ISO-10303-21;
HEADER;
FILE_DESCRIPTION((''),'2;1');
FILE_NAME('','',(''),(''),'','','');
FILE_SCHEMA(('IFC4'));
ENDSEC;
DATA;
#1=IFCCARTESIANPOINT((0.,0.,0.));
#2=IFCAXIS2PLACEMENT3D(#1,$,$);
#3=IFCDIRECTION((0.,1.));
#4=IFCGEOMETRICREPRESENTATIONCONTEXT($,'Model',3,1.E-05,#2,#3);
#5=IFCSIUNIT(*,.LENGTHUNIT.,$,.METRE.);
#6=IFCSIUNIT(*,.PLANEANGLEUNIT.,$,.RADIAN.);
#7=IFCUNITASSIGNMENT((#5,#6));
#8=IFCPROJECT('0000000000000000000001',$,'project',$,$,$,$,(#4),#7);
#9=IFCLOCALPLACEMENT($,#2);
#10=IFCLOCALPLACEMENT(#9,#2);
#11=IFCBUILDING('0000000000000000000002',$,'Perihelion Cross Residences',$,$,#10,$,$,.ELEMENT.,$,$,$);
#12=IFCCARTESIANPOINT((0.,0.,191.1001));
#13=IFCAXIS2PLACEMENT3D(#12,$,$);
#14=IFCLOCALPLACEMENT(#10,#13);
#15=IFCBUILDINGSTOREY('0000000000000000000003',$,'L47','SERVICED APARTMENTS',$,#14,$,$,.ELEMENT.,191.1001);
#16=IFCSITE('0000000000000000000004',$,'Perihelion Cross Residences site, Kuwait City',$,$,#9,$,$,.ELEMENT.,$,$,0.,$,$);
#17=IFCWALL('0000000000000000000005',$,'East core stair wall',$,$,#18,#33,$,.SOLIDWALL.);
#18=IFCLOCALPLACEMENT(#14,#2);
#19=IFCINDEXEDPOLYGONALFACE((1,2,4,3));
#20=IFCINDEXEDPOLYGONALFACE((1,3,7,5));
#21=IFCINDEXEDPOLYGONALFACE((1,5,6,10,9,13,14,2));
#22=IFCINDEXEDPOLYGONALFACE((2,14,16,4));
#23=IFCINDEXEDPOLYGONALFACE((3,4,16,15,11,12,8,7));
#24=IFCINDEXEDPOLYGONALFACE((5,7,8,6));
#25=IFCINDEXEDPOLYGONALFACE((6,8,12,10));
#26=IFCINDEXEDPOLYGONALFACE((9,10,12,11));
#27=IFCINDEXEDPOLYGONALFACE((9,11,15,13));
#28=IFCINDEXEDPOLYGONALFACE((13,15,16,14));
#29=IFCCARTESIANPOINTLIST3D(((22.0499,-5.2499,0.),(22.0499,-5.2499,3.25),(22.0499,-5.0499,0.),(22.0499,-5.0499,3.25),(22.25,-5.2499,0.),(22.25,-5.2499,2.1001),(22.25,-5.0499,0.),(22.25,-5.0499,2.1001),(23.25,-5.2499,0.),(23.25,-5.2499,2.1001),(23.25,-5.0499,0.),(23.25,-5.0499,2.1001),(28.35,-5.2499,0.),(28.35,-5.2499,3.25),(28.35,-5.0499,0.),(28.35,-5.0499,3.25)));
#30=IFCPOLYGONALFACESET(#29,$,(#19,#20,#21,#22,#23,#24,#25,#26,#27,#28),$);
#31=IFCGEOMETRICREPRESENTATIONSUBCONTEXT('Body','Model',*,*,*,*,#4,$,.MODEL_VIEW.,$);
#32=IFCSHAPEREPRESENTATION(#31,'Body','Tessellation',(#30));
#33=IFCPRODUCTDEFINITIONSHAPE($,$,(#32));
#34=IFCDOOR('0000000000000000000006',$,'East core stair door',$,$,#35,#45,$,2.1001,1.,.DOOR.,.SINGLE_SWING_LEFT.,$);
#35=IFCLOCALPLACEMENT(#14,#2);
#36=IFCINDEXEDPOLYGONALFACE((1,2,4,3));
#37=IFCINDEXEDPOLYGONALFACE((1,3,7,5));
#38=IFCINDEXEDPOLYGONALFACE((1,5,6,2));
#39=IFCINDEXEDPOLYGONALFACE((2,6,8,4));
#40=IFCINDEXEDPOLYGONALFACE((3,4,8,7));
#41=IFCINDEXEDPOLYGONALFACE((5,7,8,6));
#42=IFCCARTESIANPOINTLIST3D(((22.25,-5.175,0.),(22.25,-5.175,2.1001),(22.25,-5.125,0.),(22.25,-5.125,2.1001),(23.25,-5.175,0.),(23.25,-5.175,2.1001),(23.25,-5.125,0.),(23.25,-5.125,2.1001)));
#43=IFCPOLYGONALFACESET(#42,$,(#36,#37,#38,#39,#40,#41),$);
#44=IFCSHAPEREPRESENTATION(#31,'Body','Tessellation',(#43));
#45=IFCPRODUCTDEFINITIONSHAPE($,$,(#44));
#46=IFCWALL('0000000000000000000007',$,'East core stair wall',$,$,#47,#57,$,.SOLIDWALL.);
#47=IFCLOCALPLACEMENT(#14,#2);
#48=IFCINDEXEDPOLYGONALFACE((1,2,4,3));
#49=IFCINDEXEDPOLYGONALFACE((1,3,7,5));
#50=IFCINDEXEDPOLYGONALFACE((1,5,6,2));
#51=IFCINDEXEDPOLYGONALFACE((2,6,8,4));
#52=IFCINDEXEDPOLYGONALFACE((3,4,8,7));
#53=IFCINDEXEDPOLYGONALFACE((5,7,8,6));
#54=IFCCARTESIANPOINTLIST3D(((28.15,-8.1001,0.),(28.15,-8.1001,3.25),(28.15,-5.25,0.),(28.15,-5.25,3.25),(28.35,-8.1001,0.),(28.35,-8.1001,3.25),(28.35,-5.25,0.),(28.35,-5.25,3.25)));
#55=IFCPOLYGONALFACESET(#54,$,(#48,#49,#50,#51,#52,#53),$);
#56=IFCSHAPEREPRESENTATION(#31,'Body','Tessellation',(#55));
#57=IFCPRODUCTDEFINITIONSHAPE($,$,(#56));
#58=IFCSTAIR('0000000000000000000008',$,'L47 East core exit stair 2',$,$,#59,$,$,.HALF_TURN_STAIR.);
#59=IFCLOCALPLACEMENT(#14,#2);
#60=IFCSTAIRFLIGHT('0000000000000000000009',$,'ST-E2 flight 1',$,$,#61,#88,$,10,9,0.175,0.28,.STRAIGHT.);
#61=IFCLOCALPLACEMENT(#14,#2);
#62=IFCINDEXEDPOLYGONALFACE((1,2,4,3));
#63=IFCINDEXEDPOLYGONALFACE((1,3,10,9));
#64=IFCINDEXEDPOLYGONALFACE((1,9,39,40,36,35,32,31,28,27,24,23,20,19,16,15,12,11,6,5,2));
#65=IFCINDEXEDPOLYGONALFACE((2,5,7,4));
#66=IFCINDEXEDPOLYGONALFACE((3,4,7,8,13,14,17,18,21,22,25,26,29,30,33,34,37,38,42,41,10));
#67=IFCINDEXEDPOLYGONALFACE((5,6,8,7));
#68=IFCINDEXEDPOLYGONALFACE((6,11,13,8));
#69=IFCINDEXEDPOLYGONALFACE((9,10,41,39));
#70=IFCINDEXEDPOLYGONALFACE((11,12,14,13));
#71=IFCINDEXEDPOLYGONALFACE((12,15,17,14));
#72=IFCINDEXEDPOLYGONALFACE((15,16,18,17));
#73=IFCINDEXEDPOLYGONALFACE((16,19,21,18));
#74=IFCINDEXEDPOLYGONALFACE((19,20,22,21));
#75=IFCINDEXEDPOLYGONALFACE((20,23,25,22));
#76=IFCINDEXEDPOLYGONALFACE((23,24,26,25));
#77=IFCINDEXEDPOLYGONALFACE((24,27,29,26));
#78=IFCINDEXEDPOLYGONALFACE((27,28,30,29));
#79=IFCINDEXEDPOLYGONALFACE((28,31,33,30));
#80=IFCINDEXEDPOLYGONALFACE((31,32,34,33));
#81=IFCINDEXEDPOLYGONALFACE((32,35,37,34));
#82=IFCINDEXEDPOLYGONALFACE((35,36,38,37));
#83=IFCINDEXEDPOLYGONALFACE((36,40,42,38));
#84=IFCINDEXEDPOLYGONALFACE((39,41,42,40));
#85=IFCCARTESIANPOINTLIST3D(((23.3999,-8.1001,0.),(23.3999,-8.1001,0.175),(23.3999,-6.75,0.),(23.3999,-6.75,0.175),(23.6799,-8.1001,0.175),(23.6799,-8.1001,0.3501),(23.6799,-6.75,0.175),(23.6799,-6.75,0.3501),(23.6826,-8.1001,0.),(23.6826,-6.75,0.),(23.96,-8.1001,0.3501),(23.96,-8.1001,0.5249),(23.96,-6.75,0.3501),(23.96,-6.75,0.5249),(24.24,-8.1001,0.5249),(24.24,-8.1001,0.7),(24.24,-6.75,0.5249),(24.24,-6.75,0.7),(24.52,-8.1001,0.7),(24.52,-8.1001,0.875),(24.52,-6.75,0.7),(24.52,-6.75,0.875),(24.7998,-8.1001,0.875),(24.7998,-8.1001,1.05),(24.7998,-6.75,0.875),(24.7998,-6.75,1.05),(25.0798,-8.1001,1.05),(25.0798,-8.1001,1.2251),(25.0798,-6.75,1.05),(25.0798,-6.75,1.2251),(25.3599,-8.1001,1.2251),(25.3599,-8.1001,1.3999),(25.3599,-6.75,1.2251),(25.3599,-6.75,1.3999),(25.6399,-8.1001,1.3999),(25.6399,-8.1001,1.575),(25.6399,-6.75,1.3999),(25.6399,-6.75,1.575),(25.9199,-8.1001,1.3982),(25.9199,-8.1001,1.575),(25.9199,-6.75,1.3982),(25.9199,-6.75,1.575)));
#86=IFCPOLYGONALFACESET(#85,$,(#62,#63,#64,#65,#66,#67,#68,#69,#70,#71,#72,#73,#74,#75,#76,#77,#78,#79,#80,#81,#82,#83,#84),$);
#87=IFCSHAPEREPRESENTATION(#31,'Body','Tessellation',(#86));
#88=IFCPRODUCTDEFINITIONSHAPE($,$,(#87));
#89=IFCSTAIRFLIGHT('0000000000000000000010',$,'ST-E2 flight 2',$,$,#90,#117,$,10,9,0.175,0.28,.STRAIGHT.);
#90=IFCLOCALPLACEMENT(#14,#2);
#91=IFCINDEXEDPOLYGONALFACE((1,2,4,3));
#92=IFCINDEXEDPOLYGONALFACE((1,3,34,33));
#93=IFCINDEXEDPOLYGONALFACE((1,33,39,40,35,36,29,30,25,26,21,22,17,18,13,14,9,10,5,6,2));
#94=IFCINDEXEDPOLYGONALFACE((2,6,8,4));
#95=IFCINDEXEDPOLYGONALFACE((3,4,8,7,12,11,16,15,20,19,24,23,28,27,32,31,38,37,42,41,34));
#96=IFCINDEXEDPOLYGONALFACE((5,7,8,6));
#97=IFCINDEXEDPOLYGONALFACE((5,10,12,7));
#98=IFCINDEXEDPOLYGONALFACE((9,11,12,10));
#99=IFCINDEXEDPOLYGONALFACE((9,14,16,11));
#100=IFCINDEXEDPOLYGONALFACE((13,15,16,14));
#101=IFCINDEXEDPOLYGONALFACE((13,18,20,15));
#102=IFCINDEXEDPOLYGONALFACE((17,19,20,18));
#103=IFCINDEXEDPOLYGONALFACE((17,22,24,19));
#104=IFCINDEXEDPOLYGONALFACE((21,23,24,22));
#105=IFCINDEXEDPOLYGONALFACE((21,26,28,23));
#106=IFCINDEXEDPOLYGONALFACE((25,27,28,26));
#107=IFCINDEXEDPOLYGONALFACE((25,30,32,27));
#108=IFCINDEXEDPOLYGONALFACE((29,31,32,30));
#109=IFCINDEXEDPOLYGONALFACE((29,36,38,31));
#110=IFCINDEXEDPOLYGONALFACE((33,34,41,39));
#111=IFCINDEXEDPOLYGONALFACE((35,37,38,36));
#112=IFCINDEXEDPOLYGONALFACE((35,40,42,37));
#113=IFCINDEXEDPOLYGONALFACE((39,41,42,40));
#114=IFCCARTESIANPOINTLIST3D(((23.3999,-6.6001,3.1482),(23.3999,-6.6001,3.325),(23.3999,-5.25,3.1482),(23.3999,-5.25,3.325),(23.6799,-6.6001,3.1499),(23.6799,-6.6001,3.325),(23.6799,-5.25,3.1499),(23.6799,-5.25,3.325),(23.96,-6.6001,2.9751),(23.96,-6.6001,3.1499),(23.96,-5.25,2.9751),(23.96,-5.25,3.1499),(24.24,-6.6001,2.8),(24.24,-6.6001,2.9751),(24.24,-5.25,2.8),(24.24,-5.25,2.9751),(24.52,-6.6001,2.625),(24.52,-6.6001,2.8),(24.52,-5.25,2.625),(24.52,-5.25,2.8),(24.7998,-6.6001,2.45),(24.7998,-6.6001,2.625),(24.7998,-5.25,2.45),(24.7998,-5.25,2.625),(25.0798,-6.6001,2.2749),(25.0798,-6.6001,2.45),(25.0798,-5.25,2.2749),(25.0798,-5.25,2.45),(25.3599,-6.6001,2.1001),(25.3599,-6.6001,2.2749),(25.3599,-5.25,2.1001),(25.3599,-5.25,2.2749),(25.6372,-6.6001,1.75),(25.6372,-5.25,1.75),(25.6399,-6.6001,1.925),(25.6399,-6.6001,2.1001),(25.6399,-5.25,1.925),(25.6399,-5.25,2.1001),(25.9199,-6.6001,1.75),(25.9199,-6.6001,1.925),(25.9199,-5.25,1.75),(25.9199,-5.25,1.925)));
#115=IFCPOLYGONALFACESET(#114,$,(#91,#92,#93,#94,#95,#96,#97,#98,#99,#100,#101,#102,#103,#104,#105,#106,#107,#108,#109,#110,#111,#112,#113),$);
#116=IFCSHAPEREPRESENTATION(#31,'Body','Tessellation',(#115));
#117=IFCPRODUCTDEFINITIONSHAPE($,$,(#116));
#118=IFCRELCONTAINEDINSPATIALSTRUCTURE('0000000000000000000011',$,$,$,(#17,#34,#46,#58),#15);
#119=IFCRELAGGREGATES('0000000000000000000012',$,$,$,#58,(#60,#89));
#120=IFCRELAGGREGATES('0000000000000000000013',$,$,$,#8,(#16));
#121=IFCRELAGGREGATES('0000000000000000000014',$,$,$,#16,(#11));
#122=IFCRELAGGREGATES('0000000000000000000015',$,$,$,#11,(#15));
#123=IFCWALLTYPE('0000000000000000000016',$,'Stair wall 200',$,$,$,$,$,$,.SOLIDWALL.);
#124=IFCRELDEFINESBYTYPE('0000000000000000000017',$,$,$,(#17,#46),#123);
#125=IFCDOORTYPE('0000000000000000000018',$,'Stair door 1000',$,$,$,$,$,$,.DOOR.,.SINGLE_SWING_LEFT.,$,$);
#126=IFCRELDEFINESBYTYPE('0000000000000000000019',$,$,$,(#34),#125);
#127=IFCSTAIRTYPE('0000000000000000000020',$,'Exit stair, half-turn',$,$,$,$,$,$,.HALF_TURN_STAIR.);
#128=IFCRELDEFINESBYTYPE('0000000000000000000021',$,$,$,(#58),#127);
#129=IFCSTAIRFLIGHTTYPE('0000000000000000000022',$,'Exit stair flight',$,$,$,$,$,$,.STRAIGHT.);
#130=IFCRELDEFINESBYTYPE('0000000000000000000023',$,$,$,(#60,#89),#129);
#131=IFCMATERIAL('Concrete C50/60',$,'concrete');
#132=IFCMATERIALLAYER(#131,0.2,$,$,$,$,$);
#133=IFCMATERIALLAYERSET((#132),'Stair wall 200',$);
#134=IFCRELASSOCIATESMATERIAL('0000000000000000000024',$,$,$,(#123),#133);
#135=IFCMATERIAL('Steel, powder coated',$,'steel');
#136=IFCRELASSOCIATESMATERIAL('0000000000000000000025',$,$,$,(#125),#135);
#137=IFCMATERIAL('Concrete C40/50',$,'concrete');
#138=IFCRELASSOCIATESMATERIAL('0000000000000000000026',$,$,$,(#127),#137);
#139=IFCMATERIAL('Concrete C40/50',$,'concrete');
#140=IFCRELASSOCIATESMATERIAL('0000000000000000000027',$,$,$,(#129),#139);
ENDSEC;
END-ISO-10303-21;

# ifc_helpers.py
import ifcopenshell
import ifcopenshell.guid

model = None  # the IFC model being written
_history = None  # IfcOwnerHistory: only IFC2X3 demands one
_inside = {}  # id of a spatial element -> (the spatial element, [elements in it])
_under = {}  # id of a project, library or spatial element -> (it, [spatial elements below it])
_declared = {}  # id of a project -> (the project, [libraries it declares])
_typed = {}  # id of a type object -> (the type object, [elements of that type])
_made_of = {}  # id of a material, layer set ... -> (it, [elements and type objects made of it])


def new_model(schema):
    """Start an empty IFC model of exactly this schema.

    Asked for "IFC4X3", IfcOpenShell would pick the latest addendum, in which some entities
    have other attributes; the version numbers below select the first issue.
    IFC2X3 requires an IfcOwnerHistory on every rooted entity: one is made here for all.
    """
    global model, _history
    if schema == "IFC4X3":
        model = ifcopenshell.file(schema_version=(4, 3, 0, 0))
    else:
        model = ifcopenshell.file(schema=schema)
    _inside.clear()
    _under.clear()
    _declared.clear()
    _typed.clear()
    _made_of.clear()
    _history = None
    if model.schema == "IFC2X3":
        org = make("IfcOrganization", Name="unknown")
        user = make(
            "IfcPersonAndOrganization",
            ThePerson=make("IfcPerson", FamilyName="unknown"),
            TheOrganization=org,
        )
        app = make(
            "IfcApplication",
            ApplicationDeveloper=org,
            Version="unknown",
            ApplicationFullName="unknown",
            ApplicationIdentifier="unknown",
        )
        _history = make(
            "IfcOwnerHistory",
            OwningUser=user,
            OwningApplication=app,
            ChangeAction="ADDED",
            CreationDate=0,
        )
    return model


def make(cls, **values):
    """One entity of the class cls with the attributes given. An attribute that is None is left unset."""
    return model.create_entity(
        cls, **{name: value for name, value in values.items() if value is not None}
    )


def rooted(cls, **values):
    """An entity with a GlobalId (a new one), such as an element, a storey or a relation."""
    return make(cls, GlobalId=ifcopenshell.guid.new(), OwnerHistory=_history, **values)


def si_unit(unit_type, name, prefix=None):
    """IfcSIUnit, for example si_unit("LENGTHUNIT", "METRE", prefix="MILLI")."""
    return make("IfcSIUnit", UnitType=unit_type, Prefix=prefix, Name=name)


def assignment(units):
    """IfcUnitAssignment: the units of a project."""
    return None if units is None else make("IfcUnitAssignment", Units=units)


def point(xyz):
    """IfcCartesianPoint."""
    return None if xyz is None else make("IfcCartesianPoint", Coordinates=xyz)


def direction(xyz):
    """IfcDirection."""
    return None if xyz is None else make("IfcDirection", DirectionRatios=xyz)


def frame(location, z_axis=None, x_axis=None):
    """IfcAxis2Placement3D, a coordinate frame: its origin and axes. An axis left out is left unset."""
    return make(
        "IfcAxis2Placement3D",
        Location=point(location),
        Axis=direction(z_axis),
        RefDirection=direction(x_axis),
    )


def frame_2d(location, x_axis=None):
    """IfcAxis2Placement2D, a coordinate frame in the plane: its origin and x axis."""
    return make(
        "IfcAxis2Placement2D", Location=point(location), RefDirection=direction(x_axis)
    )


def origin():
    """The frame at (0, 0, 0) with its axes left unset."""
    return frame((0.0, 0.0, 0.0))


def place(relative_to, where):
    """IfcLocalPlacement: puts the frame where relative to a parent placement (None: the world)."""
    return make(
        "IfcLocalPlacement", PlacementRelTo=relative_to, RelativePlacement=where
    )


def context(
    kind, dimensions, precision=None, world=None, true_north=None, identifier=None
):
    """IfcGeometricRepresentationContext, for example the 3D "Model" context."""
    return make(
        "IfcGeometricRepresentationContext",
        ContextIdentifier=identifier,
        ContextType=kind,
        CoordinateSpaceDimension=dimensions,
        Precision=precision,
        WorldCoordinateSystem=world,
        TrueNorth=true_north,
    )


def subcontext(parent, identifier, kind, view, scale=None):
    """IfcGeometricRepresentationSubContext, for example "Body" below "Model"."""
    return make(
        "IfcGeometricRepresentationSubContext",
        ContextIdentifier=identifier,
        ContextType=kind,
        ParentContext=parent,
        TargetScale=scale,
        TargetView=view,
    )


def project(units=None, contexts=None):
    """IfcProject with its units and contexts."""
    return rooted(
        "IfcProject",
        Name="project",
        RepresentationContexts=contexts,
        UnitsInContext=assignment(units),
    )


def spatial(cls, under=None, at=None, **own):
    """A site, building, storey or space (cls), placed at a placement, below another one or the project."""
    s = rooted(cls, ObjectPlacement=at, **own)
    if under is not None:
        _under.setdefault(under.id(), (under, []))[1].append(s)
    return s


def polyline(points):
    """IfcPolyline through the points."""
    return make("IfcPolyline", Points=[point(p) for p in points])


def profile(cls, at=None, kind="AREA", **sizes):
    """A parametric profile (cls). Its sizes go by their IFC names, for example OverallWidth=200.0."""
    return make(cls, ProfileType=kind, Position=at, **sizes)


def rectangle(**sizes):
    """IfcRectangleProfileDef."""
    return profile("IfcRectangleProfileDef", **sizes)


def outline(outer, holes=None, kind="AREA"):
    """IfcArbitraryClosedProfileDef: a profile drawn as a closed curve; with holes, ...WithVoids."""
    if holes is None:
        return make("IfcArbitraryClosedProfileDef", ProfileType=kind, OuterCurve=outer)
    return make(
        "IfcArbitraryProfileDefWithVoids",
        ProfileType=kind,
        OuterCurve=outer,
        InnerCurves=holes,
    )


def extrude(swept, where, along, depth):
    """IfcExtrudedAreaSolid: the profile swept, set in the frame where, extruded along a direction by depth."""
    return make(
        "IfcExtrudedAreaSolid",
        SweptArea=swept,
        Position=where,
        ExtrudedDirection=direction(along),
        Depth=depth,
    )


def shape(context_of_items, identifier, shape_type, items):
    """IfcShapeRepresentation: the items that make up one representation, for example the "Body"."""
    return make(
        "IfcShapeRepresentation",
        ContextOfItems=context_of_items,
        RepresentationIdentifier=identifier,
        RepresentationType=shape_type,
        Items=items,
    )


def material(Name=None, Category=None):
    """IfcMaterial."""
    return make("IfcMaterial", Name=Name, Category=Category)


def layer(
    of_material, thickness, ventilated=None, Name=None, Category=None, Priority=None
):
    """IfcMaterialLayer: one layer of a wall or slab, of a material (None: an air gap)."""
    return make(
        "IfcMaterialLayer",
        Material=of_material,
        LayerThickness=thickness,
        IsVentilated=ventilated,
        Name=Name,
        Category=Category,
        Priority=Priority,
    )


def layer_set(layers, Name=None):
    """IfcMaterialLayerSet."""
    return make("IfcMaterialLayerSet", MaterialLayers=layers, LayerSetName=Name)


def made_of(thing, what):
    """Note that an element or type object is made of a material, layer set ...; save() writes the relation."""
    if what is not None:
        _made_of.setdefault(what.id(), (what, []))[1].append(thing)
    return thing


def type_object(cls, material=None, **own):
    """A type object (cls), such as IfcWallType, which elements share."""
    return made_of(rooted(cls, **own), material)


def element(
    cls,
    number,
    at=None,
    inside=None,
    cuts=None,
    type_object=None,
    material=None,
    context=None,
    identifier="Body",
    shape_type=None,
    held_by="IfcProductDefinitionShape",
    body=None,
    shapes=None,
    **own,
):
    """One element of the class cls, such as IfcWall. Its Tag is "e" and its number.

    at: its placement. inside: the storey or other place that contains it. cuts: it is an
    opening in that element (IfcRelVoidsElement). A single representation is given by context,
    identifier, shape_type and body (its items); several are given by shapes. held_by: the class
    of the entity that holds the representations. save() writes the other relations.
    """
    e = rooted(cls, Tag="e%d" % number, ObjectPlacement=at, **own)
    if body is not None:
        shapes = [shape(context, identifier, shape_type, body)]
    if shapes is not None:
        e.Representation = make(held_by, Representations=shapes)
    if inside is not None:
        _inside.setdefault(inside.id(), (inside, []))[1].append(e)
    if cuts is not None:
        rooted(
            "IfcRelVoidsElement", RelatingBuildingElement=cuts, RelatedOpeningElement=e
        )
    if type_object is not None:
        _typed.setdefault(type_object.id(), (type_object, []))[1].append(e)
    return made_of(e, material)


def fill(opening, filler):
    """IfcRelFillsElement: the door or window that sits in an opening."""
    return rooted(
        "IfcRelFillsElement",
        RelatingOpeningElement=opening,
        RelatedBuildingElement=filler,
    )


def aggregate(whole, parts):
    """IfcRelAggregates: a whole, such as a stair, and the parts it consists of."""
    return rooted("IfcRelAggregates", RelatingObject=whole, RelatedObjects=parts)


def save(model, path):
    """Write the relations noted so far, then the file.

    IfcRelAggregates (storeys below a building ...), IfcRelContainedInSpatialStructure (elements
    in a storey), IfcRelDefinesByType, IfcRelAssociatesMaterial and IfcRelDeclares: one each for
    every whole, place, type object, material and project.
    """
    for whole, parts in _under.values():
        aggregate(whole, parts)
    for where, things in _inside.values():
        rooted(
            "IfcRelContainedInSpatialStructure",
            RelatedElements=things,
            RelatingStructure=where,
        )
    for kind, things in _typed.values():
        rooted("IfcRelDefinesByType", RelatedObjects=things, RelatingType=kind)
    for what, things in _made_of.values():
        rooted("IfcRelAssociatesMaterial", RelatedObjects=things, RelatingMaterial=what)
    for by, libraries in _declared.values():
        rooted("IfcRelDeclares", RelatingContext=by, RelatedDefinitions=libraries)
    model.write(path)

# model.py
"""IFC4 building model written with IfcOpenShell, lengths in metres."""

from ifc_helpers import new_model, si_unit, direction, frame, frame_2d, origin, place, context, subcontext, project, spatial, polyline, rectangle, outline, extrude, material, layer, layer_set, type_object, element, fill, aggregate, save


model = new_model("IFC4")

# Units and contexts
model_context = context("Model", 3, precision=1e-05, world=origin(), true_north=direction((0.0, 1.0)))
body_context = subcontext(model_context, "Body", "Model", "MODEL_VIEW")
ifc_project = project(units=[si_unit("LENGTHUNIT", "METRE"), si_unit("PLANEANGLEUNIT", "RADIAN")], contexts=[model_context])

# Site, building, storey
site_placement = place(None, origin())
site = spatial("IfcSite", under=ifc_project, at=site_placement, Name="Perihelion Cross Residences site, Kuwait City", CompositionType="ELEMENT", RefElevation=0.0)
building_placement = place(site_placement, origin())
building = spatial("IfcBuilding", under=site, at=building_placement, Name="Perihelion Cross Residences", CompositionType="ELEMENT")
storey_placement = place(building_placement, frame((0.0, 0.0, 191.1001)))
storey = spatial("IfcBuildingStorey", under=building, at=storey_placement, Name="L47", Description="SERVICED APARTMENTS", CompositionType="ELEMENT", Elevation=191.1001)

# Wall, opening, door
ifc_material_1 = material(Name="Concrete C50/60", Category="concrete")
ifc_layer_1 = layer(ifc_material_1, 0.2)
ifc_layer_set_1 = layer_set([ifc_layer_1], Name="Stair wall 200")
wall_type_1 = type_object("IfcWallType", Name="Stair wall 200", PredefinedType="SOLIDWALL", material=ifc_layer_set_1)
wall_1_placement = place(storey_placement, frame((22.05, -5.1499, 0.0), z_axis=(0.0, 0.0, 1.0), x_axis=(1.0, 0.0, 0.0)))
wall_1 = element("IfcWall", 1, at=wall_1_placement, inside=storey, type_object=wall_type_1, Name="East core stair wall", PredefinedType="SOLIDWALL", context=body_context, shape_type="SweptSolid", body=[
    extrude(rectangle(XDim=6.3, YDim=0.2, at=frame_2d((3.1499, 0.0))), origin(), (0.0, 0.0, 1.0), 3.25),
])
opening_1_placement = place(wall_1_placement, frame((0.2, 0.0, 0.0)))
opening_1 = element("IfcOpeningElement", 2, at=opening_1_placement, cuts=wall_1, PredefinedType="OPENING", context=body_context, shape_type="SweptSolid", body=[
    extrude(rectangle(XDim=1.0, YDim=2.1001, at=frame_2d((0.5, 1.05))), frame((0.0, 0.1099, 0.0), z_axis=(0.0, -1.0, 0.0), x_axis=(1.0, 0.0, 0.0)), (0.0, 0.0, 1.0), 0.22),
])
ifc_material_2 = material(Name="Steel, powder coated", Category="steel")
door_type_1 = type_object("IfcDoorType", Name="Stair door 1000", OperationType="SINGLE_SWING_LEFT", PredefinedType="DOOR", material=ifc_material_2)
door_1_placement = place(opening_1_placement, origin())
door_1 = element("IfcDoor", 3, at=door_1_placement, inside=storey, type_object=door_type_1, Name="East core stair door", OperationType="SINGLE_SWING_LEFT", OverallHeight=2.1001, OverallWidth=1.0, PredefinedType="DOOR", context=body_context, shape_type="SweptSolid", body=[
    extrude(rectangle(XDim=1.0, YDim=2.1001, at=frame_2d((0.5, 1.05))), frame((0.0, 0.0249, 0.0), z_axis=(0.0, -1.0, 0.0), x_axis=(1.0, 0.0, 0.0)), (0.0, 0.0, 1.0), 0.05),
])
fill(opening_1, door_1)

# Wall
wall_2_placement = place(storey_placement, frame((28.25, -8.1001, 0.0), z_axis=(0.0, 0.0, 1.0), x_axis=(0.0, 1.0, 0.0)))
element("IfcWall", 4, at=wall_2_placement, inside=storey, type_object=wall_type_1, Name="East core stair wall", PredefinedType="SOLIDWALL", context=body_context, shape_type="SweptSolid", body=[
    extrude(rectangle(XDim=2.8501, YDim=0.2, at=frame_2d((1.425, 0.0))), origin(), (0.0, 0.0, 1.0), 3.25),
])

# Stair, stair flights
ifc_material_3 = material(Name="Concrete C40/50", Category="concrete")
stair_type = type_object("IfcStairType", Name="Exit stair, half-turn", PredefinedType="HALF_TURN_STAIR", material=ifc_material_3)
stair_placement = place(storey_placement, origin())
stair = element("IfcStair", 5, at=stair_placement, inside=storey, type_object=stair_type, Name="L47 East core exit stair 2", PredefinedType="HALF_TURN_STAIR")
ifc_material_4 = material(Name="Concrete C40/50", Category="concrete")
stair_flight_type = type_object("IfcStairFlightType", Name="Exit stair flight", PredefinedType="STRAIGHT", material=ifc_material_4)
stair_flight_1_placement = place(storey_placement, frame((23.3999, -7.425, 0.0), z_axis=(0.0, 0.0, 1.0), x_axis=(1.0, 0.0, 0.0)))
stair_flight_1 = element("IfcStairFlight", 6, at=stair_flight_1_placement, type_object=stair_flight_type, Name="ST-E2 flight 1", NumberOfRisers=10, NumberOfTreads=9, PredefinedType="STRAIGHT", RiserHeight=0.175, TreadLength=0.28, context=body_context, shape_type="SweptSolid", body=[
    extrude(outline(polyline([(0.0, 0.0), (0.0, 0.175), (0.28, 0.175), (0.28, 0.3501), (0.5601, 0.3501), (0.5601, 0.5249), (0.8401, 0.5249), (0.8401, 0.7), (1.1201, 0.7), (1.1201, 0.875), (1.3999, 0.875), (1.3999, 1.05), (1.6799, 1.05), (1.6799, 1.2251), (1.96, 1.2251), (1.96, 1.3999), (2.24, 1.3999), (2.24, 1.575), (2.52, 1.575), (2.52, 1.75), (2.52, 1.3982), (0.2827, 0.0), (0.0, 0.0)])), frame((0.0, 0.675, 0.0), z_axis=(0.0, -1.0, 0.0), x_axis=(1.0, 0.0, 0.0)), (0.0, 0.0, 1.0), 1.3501),
])
stair_flight_2_placement = place(storey_placement, frame((25.9199, -5.925, 1.75), z_axis=(0.0, 0.0, 1.0), x_axis=(-1.0, 0.0, 0.0)))
stair_flight_2 = element("IfcStairFlight", 7, at=stair_flight_2_placement, type_object=stair_flight_type, Name="ST-E2 flight 2", NumberOfRisers=10, NumberOfTreads=9, PredefinedType="STRAIGHT", RiserHeight=0.175, TreadLength=0.28, context=body_context, shape_type="SweptSolid", body=[
    extrude(outline(polyline([(0.0, 0.0), (0.0, 0.175), (0.28, 0.175), (0.28, 0.3501), (0.5601, 0.3501), (0.5601, 0.5249), (0.8401, 0.5249), (0.8401, 0.7), (1.1201, 0.7), (1.1201, 0.875), (1.3999, 0.875), (1.3999, 1.05), (1.6799, 1.05), (1.6799, 1.2251), (1.96, 1.2251), (1.96, 1.3999), (2.24, 1.3999), (2.24, 1.575), (2.52, 1.575), (2.52, 1.75), (2.52, 1.3982), (0.2827, 0.0), (0.0, 0.0)])), frame((0.0, 0.675, 0.0), z_axis=(0.0, -1.0, 0.0), x_axis=(1.0, 0.0, 0.0)), (0.0, 0.0, 1.0), 1.3501),
])
aggregate(stair, [stair_flight_1, stair_flight_2])

save(model, "model.ifc")
